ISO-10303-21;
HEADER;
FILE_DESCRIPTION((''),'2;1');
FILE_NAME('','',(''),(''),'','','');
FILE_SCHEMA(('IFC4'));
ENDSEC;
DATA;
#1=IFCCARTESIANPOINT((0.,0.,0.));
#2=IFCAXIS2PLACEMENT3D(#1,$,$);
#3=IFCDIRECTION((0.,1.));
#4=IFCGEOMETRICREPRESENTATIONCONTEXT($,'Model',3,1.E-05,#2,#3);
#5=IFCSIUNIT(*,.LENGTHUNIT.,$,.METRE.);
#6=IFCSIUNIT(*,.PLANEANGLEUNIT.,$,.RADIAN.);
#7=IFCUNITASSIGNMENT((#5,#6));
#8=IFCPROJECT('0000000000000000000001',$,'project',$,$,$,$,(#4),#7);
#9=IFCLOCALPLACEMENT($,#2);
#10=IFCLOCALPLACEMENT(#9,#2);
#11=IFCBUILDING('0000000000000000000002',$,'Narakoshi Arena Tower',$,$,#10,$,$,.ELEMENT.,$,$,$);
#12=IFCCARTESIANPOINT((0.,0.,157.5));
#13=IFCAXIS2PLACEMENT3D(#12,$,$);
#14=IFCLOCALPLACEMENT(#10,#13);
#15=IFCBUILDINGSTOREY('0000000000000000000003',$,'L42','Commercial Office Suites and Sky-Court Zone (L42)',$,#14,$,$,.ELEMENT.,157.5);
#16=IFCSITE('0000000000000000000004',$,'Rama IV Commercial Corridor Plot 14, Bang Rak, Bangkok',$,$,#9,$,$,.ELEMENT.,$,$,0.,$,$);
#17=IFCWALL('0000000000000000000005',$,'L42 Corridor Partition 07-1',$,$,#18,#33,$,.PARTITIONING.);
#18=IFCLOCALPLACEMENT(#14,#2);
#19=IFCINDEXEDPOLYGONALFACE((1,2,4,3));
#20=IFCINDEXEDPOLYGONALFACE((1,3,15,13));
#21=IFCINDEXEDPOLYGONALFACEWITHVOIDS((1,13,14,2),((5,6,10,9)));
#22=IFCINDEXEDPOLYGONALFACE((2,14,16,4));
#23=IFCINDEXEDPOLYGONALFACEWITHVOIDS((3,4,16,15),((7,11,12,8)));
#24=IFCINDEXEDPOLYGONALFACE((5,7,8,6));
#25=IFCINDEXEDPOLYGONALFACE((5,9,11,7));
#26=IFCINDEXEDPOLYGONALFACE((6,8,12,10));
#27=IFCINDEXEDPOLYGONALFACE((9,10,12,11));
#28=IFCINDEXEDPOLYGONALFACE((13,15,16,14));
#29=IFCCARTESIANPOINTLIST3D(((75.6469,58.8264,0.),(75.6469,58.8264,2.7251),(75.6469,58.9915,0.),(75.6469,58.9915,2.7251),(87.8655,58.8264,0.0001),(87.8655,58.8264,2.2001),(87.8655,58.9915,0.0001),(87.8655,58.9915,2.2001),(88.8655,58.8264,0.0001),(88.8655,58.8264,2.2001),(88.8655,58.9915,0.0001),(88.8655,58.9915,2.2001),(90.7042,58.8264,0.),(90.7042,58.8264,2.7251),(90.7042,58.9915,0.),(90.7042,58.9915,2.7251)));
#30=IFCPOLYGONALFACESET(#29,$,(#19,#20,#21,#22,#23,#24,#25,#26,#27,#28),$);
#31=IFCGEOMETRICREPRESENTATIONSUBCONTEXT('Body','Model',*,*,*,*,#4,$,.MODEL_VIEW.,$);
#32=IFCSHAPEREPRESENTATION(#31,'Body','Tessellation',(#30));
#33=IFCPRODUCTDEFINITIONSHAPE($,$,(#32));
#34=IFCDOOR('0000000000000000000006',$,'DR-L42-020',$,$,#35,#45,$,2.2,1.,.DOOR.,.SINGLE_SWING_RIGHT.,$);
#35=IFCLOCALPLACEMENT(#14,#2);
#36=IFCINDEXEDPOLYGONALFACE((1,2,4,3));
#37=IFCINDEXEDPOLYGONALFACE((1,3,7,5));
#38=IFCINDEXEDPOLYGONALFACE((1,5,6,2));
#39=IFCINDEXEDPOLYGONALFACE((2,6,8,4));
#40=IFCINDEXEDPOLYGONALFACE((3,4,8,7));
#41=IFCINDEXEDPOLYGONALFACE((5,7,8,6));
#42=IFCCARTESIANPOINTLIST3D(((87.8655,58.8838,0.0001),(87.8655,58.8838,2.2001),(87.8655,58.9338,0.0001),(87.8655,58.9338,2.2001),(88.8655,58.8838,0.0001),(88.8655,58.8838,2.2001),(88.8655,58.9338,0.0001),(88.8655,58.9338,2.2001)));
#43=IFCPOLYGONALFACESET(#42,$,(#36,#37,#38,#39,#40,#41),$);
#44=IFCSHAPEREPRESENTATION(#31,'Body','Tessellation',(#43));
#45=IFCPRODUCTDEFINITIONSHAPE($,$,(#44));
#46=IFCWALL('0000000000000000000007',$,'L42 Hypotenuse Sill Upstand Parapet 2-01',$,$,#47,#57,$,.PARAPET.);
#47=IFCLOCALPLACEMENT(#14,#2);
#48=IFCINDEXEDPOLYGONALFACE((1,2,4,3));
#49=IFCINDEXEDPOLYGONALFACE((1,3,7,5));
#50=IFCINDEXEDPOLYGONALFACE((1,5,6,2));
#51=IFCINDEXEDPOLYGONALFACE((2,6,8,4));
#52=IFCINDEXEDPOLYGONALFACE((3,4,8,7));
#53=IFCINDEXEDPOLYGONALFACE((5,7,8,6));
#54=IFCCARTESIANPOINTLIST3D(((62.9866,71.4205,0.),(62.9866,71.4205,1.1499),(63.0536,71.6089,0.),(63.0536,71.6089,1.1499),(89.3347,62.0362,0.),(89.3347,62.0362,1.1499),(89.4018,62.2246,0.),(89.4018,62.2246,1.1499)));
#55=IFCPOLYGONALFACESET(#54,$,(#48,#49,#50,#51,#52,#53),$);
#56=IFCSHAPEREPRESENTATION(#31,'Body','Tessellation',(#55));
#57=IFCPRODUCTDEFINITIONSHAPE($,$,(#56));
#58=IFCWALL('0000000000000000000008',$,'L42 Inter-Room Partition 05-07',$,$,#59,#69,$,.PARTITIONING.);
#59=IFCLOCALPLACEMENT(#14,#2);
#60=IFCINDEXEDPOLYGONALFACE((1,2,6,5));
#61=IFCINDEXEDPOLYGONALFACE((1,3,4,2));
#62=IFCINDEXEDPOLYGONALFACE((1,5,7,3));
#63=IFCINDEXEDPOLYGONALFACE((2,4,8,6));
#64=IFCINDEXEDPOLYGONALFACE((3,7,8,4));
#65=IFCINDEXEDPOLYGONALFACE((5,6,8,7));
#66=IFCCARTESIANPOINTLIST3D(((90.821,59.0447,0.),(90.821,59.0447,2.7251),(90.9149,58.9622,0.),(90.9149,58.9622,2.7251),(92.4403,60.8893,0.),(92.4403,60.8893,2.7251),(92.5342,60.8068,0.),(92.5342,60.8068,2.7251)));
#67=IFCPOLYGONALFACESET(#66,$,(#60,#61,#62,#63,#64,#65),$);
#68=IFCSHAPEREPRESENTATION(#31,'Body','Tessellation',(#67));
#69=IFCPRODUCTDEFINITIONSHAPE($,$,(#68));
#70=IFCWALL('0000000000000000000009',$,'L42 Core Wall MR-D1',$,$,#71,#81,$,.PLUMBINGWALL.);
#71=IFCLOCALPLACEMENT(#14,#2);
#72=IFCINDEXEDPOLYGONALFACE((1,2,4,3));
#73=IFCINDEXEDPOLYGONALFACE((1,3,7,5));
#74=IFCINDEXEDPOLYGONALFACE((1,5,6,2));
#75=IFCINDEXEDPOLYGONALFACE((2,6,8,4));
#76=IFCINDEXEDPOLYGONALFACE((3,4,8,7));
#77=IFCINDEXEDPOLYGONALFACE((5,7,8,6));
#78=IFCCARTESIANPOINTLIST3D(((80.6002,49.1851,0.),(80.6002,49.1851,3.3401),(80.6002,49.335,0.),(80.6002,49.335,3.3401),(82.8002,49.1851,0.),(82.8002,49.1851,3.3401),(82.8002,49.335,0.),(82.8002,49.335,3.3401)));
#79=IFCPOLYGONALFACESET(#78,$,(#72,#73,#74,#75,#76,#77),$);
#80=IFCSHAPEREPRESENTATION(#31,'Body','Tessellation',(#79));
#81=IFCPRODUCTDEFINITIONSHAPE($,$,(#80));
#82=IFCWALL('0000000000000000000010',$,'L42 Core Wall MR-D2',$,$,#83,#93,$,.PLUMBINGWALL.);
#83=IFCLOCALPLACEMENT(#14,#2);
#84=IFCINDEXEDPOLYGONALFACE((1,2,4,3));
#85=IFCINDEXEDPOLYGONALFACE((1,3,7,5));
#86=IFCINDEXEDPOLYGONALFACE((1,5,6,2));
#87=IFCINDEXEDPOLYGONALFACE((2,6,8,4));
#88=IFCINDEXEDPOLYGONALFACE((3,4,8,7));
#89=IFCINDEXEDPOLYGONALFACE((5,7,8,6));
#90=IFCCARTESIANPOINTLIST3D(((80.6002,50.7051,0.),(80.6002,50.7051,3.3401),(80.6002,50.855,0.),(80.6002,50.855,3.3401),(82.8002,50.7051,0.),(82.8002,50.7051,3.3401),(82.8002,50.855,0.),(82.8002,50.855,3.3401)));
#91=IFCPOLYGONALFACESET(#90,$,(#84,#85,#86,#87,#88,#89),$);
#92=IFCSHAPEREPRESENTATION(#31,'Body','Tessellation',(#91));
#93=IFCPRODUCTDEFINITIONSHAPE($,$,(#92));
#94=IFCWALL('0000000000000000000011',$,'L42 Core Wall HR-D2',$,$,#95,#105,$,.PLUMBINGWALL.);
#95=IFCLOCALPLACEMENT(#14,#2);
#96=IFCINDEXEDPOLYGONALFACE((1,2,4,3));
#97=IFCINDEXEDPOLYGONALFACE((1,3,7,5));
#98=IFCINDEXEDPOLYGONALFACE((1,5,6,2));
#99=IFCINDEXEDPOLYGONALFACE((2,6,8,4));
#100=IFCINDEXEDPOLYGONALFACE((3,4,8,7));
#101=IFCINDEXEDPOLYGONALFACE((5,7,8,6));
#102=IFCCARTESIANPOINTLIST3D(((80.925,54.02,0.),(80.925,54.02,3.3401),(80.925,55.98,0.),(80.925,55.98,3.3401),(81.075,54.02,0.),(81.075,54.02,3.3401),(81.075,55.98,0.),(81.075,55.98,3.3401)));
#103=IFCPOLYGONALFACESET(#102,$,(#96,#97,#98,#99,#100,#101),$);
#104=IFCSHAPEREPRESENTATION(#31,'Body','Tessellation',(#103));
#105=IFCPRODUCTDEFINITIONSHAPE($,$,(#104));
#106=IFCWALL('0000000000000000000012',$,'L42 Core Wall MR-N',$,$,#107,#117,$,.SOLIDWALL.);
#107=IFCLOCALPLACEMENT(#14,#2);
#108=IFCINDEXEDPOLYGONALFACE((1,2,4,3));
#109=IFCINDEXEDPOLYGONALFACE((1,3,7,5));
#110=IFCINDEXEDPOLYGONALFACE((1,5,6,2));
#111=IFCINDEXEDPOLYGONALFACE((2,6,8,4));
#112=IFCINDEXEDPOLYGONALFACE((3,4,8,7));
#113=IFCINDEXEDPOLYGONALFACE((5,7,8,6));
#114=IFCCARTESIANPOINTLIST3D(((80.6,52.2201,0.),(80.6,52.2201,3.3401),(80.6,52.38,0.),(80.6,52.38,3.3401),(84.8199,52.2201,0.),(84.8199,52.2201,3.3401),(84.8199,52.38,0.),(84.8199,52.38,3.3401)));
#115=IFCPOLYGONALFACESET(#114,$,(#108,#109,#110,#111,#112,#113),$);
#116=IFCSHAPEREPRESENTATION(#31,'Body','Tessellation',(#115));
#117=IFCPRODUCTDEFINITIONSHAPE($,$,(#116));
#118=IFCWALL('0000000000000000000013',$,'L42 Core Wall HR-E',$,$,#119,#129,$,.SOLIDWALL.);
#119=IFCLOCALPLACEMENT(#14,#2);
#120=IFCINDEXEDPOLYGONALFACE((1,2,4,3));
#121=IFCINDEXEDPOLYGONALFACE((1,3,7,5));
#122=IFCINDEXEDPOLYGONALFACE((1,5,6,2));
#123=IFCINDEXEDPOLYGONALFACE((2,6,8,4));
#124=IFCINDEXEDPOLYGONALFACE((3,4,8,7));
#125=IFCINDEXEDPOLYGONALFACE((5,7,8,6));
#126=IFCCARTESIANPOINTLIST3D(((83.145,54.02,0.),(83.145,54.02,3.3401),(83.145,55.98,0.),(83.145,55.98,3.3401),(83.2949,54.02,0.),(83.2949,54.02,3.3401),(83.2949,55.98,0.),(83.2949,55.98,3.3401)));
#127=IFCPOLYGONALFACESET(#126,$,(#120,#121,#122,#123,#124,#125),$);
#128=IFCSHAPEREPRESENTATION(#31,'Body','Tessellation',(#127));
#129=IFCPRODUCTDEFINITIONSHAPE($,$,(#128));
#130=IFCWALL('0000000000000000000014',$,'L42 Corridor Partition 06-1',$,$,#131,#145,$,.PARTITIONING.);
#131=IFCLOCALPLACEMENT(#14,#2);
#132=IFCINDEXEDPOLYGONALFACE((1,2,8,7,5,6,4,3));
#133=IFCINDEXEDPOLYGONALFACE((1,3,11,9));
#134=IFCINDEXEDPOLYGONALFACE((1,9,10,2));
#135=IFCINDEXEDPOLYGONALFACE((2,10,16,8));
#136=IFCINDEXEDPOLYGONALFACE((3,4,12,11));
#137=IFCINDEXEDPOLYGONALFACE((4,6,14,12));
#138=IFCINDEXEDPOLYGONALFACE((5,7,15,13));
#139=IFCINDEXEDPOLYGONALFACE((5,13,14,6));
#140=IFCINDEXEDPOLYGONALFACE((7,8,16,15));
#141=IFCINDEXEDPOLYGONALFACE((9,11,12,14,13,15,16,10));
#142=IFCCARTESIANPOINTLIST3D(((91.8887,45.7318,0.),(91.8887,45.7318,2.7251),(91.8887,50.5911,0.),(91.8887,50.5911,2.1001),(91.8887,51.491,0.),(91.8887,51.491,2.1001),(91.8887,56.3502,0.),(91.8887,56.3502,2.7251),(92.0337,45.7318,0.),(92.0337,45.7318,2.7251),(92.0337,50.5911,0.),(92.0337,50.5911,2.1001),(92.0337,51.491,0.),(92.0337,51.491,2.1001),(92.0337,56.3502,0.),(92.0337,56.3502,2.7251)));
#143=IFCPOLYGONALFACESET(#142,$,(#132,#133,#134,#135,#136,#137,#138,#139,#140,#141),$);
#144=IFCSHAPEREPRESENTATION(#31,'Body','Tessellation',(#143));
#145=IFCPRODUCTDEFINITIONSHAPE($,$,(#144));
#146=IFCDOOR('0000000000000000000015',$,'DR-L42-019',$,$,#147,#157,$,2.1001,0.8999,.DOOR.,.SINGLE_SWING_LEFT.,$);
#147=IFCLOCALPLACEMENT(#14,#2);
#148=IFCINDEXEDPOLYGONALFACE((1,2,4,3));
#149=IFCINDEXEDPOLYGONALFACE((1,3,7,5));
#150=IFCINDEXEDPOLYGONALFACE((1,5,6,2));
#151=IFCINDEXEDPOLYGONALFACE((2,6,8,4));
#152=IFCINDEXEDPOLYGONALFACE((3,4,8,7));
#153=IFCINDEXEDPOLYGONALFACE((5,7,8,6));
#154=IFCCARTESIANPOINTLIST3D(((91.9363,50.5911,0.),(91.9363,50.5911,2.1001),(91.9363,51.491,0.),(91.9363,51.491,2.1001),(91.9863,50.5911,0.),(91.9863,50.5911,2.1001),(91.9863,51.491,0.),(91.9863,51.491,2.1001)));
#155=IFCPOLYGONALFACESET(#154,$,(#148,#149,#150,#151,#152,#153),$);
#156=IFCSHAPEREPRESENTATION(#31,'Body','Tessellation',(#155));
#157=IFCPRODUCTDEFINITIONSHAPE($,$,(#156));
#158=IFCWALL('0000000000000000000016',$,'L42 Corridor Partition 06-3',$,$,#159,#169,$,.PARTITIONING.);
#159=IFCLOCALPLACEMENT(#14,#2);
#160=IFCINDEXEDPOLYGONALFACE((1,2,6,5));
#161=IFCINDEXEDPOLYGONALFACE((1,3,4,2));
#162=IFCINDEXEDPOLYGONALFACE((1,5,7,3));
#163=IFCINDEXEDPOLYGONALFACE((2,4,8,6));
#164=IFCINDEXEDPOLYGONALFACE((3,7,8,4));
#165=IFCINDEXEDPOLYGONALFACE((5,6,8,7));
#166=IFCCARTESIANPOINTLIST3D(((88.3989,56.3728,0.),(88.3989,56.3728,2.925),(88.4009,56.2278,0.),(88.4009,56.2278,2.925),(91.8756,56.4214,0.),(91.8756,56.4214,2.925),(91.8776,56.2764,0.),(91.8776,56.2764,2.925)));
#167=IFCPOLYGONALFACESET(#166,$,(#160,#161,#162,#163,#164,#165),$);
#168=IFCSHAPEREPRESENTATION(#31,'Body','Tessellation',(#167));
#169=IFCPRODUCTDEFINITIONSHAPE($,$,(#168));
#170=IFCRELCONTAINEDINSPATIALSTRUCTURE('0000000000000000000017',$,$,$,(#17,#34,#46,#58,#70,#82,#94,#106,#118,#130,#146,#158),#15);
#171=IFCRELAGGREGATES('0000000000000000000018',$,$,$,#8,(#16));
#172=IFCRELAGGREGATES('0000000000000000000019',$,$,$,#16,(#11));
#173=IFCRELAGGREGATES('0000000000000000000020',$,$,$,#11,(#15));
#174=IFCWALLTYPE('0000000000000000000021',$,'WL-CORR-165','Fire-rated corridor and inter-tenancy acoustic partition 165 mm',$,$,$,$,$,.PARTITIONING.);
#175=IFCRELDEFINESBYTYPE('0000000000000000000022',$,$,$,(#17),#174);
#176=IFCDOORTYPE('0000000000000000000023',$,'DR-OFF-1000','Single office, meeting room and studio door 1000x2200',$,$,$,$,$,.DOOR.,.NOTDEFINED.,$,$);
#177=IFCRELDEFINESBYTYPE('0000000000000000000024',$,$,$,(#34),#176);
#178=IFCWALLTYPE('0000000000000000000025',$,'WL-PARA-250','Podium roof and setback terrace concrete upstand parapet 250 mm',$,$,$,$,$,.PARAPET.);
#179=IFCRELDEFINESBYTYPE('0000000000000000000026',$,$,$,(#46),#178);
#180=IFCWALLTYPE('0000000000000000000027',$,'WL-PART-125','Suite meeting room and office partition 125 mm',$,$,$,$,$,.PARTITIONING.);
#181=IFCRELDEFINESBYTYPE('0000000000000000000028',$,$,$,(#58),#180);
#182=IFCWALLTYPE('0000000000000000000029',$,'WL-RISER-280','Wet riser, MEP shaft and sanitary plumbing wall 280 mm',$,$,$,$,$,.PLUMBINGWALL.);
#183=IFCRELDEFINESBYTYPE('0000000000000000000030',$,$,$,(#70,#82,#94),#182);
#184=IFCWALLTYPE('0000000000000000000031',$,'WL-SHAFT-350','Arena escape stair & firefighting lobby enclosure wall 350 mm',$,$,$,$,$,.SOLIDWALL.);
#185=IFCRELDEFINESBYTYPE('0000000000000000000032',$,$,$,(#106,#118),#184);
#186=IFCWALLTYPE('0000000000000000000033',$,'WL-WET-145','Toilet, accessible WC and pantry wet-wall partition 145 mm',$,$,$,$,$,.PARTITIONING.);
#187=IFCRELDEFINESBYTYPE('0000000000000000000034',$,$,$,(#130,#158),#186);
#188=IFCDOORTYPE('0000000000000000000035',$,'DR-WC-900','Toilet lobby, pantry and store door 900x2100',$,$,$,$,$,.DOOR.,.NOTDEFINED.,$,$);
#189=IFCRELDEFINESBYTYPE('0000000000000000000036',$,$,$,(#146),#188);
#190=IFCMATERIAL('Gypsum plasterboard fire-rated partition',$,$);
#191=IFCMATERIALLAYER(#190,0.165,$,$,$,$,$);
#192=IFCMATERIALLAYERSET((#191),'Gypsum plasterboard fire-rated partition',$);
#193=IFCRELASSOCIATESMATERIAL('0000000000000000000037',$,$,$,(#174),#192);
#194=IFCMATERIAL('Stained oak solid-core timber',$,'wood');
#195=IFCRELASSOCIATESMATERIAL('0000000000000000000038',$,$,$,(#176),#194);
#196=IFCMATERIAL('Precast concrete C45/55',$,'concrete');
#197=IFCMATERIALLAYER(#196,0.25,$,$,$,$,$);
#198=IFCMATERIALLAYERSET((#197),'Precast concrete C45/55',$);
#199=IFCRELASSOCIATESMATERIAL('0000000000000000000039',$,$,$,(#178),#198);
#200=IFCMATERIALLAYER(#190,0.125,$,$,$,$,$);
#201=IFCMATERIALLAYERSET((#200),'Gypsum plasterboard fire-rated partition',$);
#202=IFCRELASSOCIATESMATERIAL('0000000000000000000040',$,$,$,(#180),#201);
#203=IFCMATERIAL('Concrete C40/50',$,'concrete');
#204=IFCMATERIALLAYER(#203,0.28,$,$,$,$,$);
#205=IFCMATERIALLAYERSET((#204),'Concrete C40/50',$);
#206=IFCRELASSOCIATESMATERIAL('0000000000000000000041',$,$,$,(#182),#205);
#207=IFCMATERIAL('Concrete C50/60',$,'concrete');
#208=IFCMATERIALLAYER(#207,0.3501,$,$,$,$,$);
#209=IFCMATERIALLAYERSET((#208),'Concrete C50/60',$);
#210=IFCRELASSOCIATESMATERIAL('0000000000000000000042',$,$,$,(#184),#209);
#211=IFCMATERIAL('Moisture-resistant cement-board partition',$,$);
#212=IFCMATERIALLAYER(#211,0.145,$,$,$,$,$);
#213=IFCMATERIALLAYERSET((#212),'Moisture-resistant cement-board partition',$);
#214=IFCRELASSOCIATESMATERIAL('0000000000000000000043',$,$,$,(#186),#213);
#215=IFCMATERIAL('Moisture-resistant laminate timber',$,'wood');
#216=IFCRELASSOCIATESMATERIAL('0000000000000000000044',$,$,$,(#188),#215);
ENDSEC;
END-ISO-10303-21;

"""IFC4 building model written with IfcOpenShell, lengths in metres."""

from ifc_helpers import new_model, si_unit, direction, frame, frame_2d, origin, place, context, subcontext, project, spatial, rectangle, extrude, material, layer, layer_set, type_object, element, fill, save


model = new_model("IFC4")

# Units and contexts
model_context = context("Model", 3, precision=1e-05, world=origin(), true_north=direction((0.0, 1.0)))
body_context = subcontext(model_context, "Body", "Model", "MODEL_VIEW")
ifc_project = project(units=[si_unit("LENGTHUNIT", "METRE"), si_unit("PLANEANGLEUNIT", "RADIAN")], contexts=[model_context])

# Site, building, storey
site_placement = place(None, origin())
site = spatial("IfcSite", under=ifc_project, at=site_placement, Name="Rama IV Commercial Corridor Plot 14, Bang Rak, Bangkok", CompositionType="ELEMENT", RefElevation=0.0)
building_placement = place(site_placement, origin())
building = spatial("IfcBuilding", under=site, at=building_placement, Name="Narakoshi Arena Tower", CompositionType="ELEMENT")
storey_placement = place(building_placement, frame((0.0, 0.0, 157.5)))
storey = spatial("IfcBuildingStorey", under=building, at=storey_placement, Name="L42", Description="Commercial Office Suites and Sky-Court Zone (L42)", CompositionType="ELEMENT", Elevation=157.5)

# Wall, opening, door
ifc_material_1 = material(Name="Gypsum plasterboard fire-rated partition")
ifc_layer_1 = layer(ifc_material_1, 0.165)
ifc_layer_set_1 = layer_set([ifc_layer_1], Name="Gypsum plasterboard fire-rated partition")
wall_type_1 = type_object("IfcWallType", Name="WL-CORR-165", Description="Fire-rated corridor and inter-tenancy acoustic partition 165 mm", PredefinedType="PARTITIONING", material=ifc_layer_set_1)
wall_1_placement = place(storey_placement, frame((90.7043, 58.9089, 0.0), z_axis=(0.0, 0.0, 1.0), x_axis=(-1.0, 0.0, 0.0)))
wall_1 = element("IfcWall", 1, at=wall_1_placement, inside=storey, type_object=wall_type_1, Name="L42 Corridor Partition 07-1", PredefinedType="PARTITIONING", context=body_context, shape_type="SweptSolid", body=[
    extrude(rectangle(XDim=15.0574, YDim=0.165, at=frame_2d((7.5288, 0.0))), origin(), (0.0, 0.0, 1.0), 2.7251),
])
opening_1_placement = place(wall_1_placement, frame((1.8389, 0.0, 0.0)))
opening_1 = element("IfcOpeningElement", 2, at=opening_1_placement, cuts=wall_1, PredefinedType="OPENING", context=body_context, shape_type="SweptSolid", body=[
    extrude(rectangle(XDim=1.0, YDim=2.2, at=frame_2d((0.5, 1.1001))), frame((0.0, 0.0925, 0.0), z_axis=(0.0, -1.0, 0.0), x_axis=(1.0, 0.0, 0.0)), (0.0, 0.0, 1.0), 0.1851),
])
ifc_material_2 = material(Name="Stained oak solid-core timber", Category="wood")
door_type_1 = type_object("IfcDoorType", Name="DR-OFF-1000", Description="Single office, meeting room and studio door 1000x2200", OperationType="NOTDEFINED", PredefinedType="DOOR", material=ifc_material_2)
door_1_placement = place(opening_1_placement, frame((1.0, 0.0, 0.0), z_axis=(0.0, 0.0, 1.0), x_axis=(-1.0, 0.0, 0.0)))
door_1 = element("IfcDoor", 3, at=door_1_placement, inside=storey, type_object=door_type_1, Name="DR-L42-020", OperationType="SINGLE_SWING_RIGHT", OverallHeight=2.2, OverallWidth=1.0, PredefinedType="DOOR", context=body_context, shape_type="SweptSolid", body=[
    extrude(rectangle(XDim=1.0, YDim=2.2, at=frame_2d((0.5, 1.1001))), frame((0.0, 0.0249, 0.0), z_axis=(0.0, -1.0, 0.0), x_axis=(1.0, 0.0, 0.0)), (0.0, 0.0, 1.0), 0.05),
])
fill(opening_1, door_1)

# Walls
ifc_material_3 = material(Name="Precast concrete C45/55", Category="concrete")
ifc_layer_2 = layer(ifc_material_3, 0.25)
ifc_layer_set_2 = layer_set([ifc_layer_2], Name="Precast concrete C45/55")
wall_type_2 = type_object("IfcWallType", Name="WL-PARA-250", Description="Podium roof and setback terrace concrete upstand parapet 250 mm", PredefinedType="PARAPET", material=ifc_layer_set_2)
wall_2_placement = place(storey_placement, frame((89.3684, 62.1304, 0.0), z_axis=(0.0, 0.0, 1.0), x_axis=(-0.942033, 0.335519, 0.0)))
element("IfcWall", 4, at=wall_2_placement, inside=storey, type_object=wall_type_2, Name="L42 Hypotenuse Sill Upstand Parapet 2-01", PredefinedType="PARAPET", context=body_context, shape_type="SweptSolid", body=[
    extrude(rectangle(XDim=27.9695, YDim=0.2, at=frame_2d((13.9849, 0.0))), origin(), (0.0, 0.0, 1.0), 1.1499),
])
ifc_layer_3 = layer(ifc_material_1, 0.125)
ifc_layer_set_3 = layer_set([ifc_layer_3], Name="Gypsum plasterboard fire-rated partition")
wall_type_3 = type_object("IfcWallType", Name="WL-PART-125", Description="Suite meeting room and office partition 125 mm", PredefinedType="PARTITIONING", material=ifc_layer_set_3)
wall_3_placement = place(storey_placement, frame((90.8679, 59.0034, 0.0), z_axis=(0.0, 0.0, 1.0), x_axis=(0.659715, 0.751516, 0.0)))
element("IfcWall", 5, at=wall_3_placement, inside=storey, type_object=wall_type_3, Name="L42 Inter-Room Partition 05-07", PredefinedType="PARTITIONING", context=body_context, shape_type="SweptSolid", body=[
    extrude(rectangle(XDim=2.4546, YDim=0.125, at=frame_2d((1.2273, 0.0))), origin(), (0.0, 0.0, 1.0), 2.7251),
])
ifc_material_4 = material(Name="Concrete C40/50", Category="concrete")
ifc_layer_4 = layer(ifc_material_4, 0.28)
ifc_layer_set_4 = layer_set([ifc_layer_4], Name="Concrete C40/50")
wall_type_4 = type_object("IfcWallType", Name="WL-RISER-280", Description="Wet riser, MEP shaft and sanitary plumbing wall 280 mm", PredefinedType="PLUMBINGWALL", material=ifc_layer_set_4)
for number, where, z_axis, x_axis, name in (
    (6, (80.6001, 49.26, 0.0), (0.0, 0.0, 1.0), (1.0, 0.0, 0.0), "L42 Core Wall MR-D1"),
    (7, (80.6001, 50.78, 0.0), (0.0, 0.0, 1.0), (1.0, 0.0, 0.0), "L42 Core Wall MR-D2"),
):
    element("IfcWall", number, at=place(storey_placement, frame(where, z_axis=z_axis, x_axis=x_axis)), inside=storey, type_object=wall_type_4, Name=name, PredefinedType="PLUMBINGWALL", context=body_context, shape_type="SweptSolid", body=[
        extrude(rectangle(XDim=2.2, YDim=0.1499, at=frame_2d((1.1001, 0.0))), origin(), (0.0, 0.0, 1.0), 3.3401),
    ])
wall_4_placement = place(storey_placement, frame((81.0, 54.02, 0.0), z_axis=(0.0, 0.0, 1.0), x_axis=(0.0, 1.0, 0.0)))
element("IfcWall", 8, at=wall_4_placement, inside=storey, type_object=wall_type_4, Name="L42 Core Wall HR-D2", PredefinedType="PLUMBINGWALL", context=body_context, shape_type="SweptSolid", body=[
    extrude(rectangle(XDim=1.96, YDim=0.1499, at=frame_2d((0.98, 0.0))), origin(), (0.0, 0.0, 1.0), 3.3401),
])
ifc_material_5 = material(Name="Concrete C50/60", Category="concrete")
ifc_layer_5 = layer(ifc_material_5, 0.3501)
ifc_layer_set_5 = layer_set([ifc_layer_5], Name="Concrete C50/60")
wall_type_5 = type_object("IfcWallType", Name="WL-SHAFT-350", Description="Arena escape stair & firefighting lobby enclosure wall 350 mm", PredefinedType="SOLIDWALL", material=ifc_layer_set_5)
wall_5_placement = place(storey_placement, frame((80.6001, 52.3, 0.0), z_axis=(0.0, 0.0, 1.0), x_axis=(1.0, 0.0, 0.0)))
element("IfcWall", 9, at=wall_5_placement, inside=storey, type_object=wall_type_5, Name="L42 Core Wall MR-N", PredefinedType="SOLIDWALL", context=body_context, shape_type="SweptSolid", body=[
    extrude(rectangle(XDim=4.22, YDim=0.1599, at=frame_2d((2.1099, 0.0))), origin(), (0.0, 0.0, 1.0), 3.3401),
])
wall_6_placement = place(storey_placement, frame((83.22, 54.02, 0.0), z_axis=(0.0, 0.0, 1.0), x_axis=(0.0, 1.0, 0.0)))
element("IfcWall", 10, at=wall_6_placement, inside=storey, type_object=wall_type_5, Name="L42 Core Wall HR-E", PredefinedType="SOLIDWALL", context=body_context, shape_type="SweptSolid", body=[
    extrude(rectangle(XDim=1.96, YDim=0.1499, at=frame_2d((0.98, 0.0))), origin(), (0.0, 0.0, 1.0), 3.3401),
])

# Wall, opening, door
ifc_material_6 = material(Name="Moisture-resistant cement-board partition")
ifc_layer_6 = layer(ifc_material_6, 0.145)
ifc_layer_set_6 = layer_set([ifc_layer_6], Name="Moisture-resistant cement-board partition")
wall_type_6 = type_object("IfcWallType", Name="WL-WET-145", Description="Toilet, accessible WC and pantry wet-wall partition 145 mm", PredefinedType="PARTITIONING", material=ifc_layer_set_6)
wall_7_placement = place(storey_placement, frame((91.9612, 56.3501, 0.0), z_axis=(0.0, 0.0, 1.0), x_axis=(0.0, -1.0, 0.0)))
wall_7 = element("IfcWall", 11, at=wall_7_placement, inside=storey, type_object=wall_type_6, Name="L42 Corridor Partition 06-1", PredefinedType="PARTITIONING", context=body_context, shape_type="SweptSolid", body=[
    extrude(rectangle(XDim=10.6184, YDim=0.145, at=frame_2d((5.3091, 0.0))), origin(), (0.0, 0.0, 1.0), 2.7251),
])
opening_2_placement = place(wall_7_placement, frame((4.8591, 0.0, 0.0)))
opening_2 = element("IfcOpeningElement", 12, at=opening_2_placement, cuts=wall_7, PredefinedType="OPENING", context=body_context, shape_type="SweptSolid", body=[
    extrude(rectangle(XDim=0.8999, YDim=2.1001, at=frame_2d((0.45, 1.05))), frame((0.0, 0.0825, 0.0), z_axis=(0.0, -1.0, 0.0), x_axis=(1.0, 0.0, 0.0)), (0.0, 0.0, 1.0), 0.165),
])
ifc_material_7 = material(Name="Moisture-resistant laminate timber", Category="wood")
door_type_2 = type_object("IfcDoorType", Name="DR-WC-900", Description="Toilet lobby, pantry and store door 900x2100", OperationType="NOTDEFINED", PredefinedType="DOOR", material=ifc_material_7)
door_2_placement = place(opening_2_placement, frame((0.8999, 0.0, 0.0), z_axis=(0.0, 0.0, 1.0), x_axis=(-1.0, 0.0, 0.0)))
door_2 = element("IfcDoor", 13, at=door_2_placement, inside=storey, type_object=door_type_2, Name="DR-L42-019", OperationType="SINGLE_SWING_LEFT", OverallHeight=2.1001, OverallWidth=0.8999, PredefinedType="DOOR", context=body_context, shape_type="SweptSolid", body=[
    extrude(rectangle(XDim=0.8999, YDim=2.1001, at=frame_2d((0.45, 1.05))), frame((0.0, 0.0249, 0.0), z_axis=(0.0, -1.0, 0.0), x_axis=(1.0, 0.0, 0.0)), (0.0, 0.0, 1.0), 0.05),
])
fill(opening_2, door_2)

# Wall
wall_8_placement = place(storey_placement, frame((88.3999, 56.3003, 0.0), z_axis=(0.0, 0.0, 1.0), x_axis=(0.999902, 0.013972, 0.0)))
element("IfcWall", 14, at=wall_8_placement, inside=storey, type_object=wall_type_6, Name="L42 Corridor Partition 06-3", PredefinedType="PARTITIONING", context=body_context, shape_type="SweptSolid", body=[
    extrude(rectangle(XDim=3.4771, YDim=0.145, at=frame_2d((1.7385, 0.0))), origin(), (0.0, 0.0, 1.0), 2.925),
])

save(model, "model.ifc")
